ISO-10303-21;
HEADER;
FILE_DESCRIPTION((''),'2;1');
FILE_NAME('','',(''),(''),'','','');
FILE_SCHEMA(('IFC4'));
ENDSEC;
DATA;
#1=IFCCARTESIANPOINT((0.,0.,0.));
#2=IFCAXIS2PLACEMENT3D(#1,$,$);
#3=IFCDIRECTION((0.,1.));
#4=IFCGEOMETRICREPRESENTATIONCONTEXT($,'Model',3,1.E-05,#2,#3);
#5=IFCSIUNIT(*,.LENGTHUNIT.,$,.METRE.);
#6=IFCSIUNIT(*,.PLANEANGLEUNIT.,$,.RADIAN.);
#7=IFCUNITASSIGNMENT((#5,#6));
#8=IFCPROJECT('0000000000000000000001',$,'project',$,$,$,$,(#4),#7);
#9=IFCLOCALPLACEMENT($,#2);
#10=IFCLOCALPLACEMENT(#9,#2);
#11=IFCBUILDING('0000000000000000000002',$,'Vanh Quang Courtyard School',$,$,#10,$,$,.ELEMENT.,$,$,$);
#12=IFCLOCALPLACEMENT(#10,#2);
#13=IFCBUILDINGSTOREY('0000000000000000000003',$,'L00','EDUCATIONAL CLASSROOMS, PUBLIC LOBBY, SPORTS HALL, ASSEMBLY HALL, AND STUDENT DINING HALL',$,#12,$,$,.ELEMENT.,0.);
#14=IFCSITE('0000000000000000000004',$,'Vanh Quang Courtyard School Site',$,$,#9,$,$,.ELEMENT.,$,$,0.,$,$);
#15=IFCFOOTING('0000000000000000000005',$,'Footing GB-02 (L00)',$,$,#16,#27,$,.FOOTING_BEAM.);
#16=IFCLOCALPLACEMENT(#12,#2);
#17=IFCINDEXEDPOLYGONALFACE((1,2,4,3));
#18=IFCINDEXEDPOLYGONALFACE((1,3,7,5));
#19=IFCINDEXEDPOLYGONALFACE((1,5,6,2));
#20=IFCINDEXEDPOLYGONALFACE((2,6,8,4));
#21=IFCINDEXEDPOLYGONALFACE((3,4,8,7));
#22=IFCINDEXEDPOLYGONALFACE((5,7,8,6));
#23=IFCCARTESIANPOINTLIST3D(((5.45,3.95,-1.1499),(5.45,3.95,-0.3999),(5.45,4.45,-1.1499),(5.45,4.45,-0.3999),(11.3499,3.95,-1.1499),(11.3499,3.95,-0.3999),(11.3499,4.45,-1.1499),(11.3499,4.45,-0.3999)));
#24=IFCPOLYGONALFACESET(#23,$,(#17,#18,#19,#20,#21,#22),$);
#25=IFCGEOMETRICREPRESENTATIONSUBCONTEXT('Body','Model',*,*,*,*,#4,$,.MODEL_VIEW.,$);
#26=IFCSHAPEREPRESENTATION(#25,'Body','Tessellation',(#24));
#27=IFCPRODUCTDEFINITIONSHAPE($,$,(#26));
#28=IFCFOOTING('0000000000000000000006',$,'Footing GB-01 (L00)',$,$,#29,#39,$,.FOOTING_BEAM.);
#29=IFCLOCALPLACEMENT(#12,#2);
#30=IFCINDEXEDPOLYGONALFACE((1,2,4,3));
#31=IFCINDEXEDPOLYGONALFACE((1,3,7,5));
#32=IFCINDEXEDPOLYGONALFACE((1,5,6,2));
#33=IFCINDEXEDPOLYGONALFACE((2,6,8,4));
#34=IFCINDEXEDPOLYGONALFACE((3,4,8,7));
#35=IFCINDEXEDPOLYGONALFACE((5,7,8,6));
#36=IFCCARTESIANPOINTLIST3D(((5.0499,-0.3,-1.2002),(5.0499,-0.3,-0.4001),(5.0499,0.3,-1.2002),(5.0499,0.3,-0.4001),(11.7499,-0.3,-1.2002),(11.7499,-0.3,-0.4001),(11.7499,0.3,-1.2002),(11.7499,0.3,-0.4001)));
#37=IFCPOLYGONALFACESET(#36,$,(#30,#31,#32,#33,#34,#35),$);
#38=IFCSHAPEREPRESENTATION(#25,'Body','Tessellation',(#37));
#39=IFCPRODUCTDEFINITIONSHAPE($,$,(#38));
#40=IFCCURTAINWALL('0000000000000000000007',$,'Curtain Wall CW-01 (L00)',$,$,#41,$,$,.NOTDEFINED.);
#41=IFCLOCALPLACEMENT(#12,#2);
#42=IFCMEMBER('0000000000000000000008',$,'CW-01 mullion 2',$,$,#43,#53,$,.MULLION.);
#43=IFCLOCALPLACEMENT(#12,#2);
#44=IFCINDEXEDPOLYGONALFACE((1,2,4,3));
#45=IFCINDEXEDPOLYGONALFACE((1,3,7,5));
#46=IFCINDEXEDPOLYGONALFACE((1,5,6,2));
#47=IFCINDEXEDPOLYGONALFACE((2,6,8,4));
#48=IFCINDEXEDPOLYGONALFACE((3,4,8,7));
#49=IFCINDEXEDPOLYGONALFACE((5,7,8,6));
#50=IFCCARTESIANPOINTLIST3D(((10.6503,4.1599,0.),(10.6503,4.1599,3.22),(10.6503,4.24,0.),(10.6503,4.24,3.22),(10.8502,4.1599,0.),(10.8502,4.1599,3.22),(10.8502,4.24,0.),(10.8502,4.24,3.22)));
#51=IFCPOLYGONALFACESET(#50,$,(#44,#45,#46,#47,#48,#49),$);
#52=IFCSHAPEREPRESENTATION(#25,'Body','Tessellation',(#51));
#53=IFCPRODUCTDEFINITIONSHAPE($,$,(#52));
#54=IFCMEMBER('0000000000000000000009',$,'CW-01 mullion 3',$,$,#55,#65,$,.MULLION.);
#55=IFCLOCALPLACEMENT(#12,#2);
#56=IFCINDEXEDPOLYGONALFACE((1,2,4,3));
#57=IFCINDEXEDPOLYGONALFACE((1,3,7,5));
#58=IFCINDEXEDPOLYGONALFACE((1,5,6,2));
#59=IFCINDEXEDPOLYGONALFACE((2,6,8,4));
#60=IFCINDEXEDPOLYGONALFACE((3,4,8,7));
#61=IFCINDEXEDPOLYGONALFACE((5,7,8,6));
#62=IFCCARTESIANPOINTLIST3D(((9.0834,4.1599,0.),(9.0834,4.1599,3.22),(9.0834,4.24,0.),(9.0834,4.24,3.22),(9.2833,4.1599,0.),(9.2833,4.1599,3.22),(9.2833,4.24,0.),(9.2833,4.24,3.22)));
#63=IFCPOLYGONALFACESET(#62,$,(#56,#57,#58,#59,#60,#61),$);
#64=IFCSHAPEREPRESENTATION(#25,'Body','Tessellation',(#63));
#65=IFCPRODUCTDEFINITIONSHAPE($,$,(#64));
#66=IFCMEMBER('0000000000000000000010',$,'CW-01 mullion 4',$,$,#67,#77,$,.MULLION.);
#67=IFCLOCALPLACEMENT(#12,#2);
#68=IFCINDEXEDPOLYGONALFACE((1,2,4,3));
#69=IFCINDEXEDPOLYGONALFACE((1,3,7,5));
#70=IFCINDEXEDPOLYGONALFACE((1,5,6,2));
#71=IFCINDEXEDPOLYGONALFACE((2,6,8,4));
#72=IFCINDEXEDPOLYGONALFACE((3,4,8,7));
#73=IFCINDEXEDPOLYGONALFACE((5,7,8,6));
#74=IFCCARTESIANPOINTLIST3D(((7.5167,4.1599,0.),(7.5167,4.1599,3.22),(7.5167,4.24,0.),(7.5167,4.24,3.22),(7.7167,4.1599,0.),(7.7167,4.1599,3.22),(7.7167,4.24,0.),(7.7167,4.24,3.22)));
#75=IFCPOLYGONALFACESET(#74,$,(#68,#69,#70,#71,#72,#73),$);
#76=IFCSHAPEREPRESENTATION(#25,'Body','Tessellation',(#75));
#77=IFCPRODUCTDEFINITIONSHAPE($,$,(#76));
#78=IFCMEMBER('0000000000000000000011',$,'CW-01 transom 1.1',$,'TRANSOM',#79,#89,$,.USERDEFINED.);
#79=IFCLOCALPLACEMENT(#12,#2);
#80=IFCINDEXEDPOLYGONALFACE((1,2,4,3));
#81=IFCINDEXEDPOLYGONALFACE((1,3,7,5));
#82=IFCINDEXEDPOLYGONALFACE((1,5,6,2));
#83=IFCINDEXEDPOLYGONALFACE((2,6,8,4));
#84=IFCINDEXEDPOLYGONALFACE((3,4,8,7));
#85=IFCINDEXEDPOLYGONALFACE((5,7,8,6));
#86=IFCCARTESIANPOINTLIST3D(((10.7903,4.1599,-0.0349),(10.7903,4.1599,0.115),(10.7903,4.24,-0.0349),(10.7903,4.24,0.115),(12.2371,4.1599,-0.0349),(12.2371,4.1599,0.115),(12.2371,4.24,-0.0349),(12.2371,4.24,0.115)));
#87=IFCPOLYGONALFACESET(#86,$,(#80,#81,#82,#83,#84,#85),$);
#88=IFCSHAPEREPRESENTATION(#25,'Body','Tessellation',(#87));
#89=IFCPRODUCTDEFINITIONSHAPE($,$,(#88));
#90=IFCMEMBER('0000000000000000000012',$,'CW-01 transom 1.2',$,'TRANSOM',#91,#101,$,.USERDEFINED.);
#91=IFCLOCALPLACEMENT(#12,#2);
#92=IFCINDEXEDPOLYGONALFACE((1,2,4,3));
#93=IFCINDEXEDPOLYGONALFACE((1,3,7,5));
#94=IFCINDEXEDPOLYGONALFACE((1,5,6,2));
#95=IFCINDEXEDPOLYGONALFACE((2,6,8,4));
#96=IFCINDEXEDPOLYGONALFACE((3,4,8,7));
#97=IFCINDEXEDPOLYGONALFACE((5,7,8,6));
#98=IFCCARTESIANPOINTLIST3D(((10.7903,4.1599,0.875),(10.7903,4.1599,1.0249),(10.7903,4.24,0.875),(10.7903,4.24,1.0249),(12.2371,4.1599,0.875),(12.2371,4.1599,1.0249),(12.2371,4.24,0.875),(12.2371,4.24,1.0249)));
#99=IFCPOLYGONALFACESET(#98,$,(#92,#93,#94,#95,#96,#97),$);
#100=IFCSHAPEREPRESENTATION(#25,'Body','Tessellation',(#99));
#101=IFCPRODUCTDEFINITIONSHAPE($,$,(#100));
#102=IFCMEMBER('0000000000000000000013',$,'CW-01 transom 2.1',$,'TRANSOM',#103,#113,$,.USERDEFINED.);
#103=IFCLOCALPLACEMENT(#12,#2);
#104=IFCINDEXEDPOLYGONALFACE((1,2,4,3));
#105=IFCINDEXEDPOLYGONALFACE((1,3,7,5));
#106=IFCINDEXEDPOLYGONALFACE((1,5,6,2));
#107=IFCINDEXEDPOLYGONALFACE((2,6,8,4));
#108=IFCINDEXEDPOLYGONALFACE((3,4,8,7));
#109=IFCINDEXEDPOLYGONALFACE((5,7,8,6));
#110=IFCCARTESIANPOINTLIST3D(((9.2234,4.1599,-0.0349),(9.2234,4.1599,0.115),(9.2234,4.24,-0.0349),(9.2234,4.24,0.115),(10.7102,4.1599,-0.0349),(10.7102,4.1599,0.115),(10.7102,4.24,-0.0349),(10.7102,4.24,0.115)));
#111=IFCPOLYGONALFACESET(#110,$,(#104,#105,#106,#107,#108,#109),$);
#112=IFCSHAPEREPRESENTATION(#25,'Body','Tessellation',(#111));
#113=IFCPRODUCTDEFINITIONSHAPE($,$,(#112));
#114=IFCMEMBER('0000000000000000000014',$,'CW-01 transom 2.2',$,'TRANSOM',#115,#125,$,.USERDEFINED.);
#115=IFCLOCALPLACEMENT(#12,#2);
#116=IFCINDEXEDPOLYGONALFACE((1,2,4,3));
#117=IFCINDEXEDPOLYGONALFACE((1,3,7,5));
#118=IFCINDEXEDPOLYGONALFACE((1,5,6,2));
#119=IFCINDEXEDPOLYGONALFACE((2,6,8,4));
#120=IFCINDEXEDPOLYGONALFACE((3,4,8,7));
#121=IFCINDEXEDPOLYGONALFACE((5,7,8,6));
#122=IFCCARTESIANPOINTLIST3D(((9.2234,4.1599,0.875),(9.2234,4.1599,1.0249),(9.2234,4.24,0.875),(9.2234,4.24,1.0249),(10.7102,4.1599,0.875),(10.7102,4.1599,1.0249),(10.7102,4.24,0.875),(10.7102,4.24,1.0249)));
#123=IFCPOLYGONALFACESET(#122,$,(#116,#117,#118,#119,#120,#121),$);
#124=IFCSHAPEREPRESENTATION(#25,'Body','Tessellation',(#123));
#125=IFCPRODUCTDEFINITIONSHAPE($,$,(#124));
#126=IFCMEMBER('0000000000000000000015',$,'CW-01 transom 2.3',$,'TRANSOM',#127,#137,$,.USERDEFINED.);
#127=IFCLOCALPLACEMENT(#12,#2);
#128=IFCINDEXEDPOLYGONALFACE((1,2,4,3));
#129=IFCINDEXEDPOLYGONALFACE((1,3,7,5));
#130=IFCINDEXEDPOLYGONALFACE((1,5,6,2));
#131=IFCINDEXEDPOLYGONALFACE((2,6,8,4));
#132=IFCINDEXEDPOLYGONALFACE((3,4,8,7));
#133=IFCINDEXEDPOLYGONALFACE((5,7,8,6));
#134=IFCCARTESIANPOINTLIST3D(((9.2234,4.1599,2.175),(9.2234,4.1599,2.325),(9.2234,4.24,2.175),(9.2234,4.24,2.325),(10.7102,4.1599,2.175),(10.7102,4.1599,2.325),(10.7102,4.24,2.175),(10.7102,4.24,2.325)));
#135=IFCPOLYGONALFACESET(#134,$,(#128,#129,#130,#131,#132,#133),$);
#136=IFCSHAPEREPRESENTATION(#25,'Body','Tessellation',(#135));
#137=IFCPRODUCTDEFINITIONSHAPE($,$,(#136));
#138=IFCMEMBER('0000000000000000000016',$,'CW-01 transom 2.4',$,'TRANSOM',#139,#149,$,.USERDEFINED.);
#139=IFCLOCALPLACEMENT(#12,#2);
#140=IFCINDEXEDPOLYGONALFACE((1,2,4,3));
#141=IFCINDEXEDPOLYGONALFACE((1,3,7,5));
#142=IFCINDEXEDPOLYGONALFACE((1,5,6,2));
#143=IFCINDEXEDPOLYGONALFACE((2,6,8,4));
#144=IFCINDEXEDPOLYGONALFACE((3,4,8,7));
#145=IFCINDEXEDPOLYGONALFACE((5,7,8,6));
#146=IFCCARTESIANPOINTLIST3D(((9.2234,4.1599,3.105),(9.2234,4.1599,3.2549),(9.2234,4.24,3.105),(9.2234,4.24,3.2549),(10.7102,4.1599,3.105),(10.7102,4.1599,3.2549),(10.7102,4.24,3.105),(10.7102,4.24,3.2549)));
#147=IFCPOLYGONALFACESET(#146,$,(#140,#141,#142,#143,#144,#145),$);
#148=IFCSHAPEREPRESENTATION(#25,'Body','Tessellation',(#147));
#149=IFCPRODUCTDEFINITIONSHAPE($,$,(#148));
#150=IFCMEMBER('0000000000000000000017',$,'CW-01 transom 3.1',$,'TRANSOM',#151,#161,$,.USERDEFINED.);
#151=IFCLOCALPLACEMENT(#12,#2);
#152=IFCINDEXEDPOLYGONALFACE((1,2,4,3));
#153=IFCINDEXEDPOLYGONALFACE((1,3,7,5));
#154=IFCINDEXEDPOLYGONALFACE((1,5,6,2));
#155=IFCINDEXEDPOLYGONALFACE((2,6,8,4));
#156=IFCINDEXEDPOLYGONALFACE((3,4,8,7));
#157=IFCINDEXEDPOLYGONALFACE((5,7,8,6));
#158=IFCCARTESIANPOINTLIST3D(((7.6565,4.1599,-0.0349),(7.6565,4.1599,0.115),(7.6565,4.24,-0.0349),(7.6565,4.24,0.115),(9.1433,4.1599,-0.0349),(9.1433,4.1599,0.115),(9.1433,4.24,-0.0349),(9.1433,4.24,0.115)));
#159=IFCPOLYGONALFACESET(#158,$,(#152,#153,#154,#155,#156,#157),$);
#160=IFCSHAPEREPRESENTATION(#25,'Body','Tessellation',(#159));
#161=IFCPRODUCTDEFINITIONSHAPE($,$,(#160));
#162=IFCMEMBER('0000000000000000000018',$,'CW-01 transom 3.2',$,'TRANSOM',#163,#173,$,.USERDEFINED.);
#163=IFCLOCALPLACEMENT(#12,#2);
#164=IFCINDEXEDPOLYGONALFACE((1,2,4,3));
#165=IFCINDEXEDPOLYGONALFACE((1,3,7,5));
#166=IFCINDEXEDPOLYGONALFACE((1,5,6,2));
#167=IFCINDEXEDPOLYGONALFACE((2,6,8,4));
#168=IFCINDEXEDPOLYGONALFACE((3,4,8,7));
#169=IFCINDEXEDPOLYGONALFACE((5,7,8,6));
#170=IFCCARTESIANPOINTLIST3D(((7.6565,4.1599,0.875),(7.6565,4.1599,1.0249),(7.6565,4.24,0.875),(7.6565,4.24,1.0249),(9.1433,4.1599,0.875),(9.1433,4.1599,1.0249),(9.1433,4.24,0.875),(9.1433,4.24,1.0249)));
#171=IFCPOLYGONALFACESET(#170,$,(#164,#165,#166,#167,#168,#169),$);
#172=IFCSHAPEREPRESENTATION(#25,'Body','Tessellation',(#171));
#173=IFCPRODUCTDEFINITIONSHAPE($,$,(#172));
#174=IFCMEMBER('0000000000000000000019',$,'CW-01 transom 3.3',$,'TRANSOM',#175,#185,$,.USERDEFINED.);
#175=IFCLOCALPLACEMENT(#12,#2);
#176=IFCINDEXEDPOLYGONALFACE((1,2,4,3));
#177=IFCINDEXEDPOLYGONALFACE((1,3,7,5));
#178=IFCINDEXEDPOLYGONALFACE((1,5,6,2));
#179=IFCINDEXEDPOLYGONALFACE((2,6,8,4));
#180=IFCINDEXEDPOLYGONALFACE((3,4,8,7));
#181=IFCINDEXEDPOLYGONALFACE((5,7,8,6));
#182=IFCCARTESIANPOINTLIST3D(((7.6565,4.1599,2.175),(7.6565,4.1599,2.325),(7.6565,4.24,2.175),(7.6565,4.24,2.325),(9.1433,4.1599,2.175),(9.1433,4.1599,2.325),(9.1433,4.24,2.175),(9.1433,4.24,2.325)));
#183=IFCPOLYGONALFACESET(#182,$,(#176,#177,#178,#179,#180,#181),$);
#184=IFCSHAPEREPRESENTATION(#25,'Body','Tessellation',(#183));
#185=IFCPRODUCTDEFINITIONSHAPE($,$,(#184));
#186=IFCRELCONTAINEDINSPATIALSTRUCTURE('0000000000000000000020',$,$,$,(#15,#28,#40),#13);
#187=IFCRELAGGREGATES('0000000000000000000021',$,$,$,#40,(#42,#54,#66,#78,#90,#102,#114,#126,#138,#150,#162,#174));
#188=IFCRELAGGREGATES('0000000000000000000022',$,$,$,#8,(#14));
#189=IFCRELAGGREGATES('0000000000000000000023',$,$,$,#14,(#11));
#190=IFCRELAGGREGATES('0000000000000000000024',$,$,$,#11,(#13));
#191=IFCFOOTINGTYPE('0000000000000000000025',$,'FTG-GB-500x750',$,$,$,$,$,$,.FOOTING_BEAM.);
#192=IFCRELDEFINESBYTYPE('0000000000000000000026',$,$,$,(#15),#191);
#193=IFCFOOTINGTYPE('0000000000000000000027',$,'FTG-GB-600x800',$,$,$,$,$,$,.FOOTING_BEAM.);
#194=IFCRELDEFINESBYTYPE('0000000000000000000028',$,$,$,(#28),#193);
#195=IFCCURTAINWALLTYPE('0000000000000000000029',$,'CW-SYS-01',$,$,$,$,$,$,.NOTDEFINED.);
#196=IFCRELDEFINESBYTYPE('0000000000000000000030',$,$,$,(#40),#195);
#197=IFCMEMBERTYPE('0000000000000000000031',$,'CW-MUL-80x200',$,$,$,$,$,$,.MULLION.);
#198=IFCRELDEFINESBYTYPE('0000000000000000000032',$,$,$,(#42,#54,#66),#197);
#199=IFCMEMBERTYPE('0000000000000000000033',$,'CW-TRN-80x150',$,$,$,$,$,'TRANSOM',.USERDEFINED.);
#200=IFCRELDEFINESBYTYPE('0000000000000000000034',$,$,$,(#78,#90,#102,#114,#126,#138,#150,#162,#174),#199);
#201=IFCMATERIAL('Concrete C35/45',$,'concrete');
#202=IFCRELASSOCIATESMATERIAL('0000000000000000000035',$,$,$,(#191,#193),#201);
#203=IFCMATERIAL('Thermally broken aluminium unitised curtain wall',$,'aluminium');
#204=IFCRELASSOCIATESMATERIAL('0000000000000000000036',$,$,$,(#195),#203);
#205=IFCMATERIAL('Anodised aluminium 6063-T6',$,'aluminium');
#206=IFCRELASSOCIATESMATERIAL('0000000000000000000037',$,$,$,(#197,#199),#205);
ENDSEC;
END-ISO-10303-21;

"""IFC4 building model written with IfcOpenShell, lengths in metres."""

from ifc_helpers import new_model, si_unit, direction, frame, origin, origin_2d, place, context, subcontext, project, spatial, rectangle, extrude, material, material_profile, profile_set, type_object, element, aggregate, save


model = new_model("IFC4")

# Units and contexts
model_context = context("Model", 3, precision=1e-05, world=origin(), true_north=direction((0.0, 1.0)))
body_context = subcontext(model_context, "Body", "Model", "MODEL_VIEW")
ifc_project = project(units=[si_unit("LENGTHUNIT", "METRE"), si_unit("PLANEANGLEUNIT", "RADIAN")], contexts=[model_context])

# Site, building, storey
site_placement = place(None, origin())
site = spatial("IfcSite", under=ifc_project, at=site_placement, Name="Vanh Quang Courtyard School Site", CompositionType="ELEMENT", RefElevation=0.0)
building_placement = place(site_placement, origin())
building = spatial("IfcBuilding", under=site, at=building_placement, Name="Vanh Quang Courtyard School", CompositionType="ELEMENT")
storey_placement = place(building_placement, origin())
storey = spatial("IfcBuildingStorey", under=building, at=storey_placement, Name="L00", Description="EDUCATIONAL CLASSROOMS, PUBLIC LOBBY, SPORTS HALL, ASSEMBLY HALL, AND STUDENT DINING HALL", CompositionType="ELEMENT", Elevation=0.0)

# Footings
ifc_material_1 = material(Name="Concrete C35/45", Category="concrete")
footing_type_1 = type_object("IfcFootingType", Name="FTG-GB-500x750", PredefinedType="FOOTING_BEAM", material=ifc_material_1)
footing_1_placement = place(storey_placement, frame((8.3999, 4.2, -1.1499), z_axis=(0.0, 0.0, 1.0), x_axis=(1.0, 0.0, 0.0)))
element("IfcFooting", 1, at=footing_1_placement, inside=storey, type_object=footing_type_1, Name="Footing GB-02 (L00)", PredefinedType="FOOTING_BEAM", context=body_context, shape_type="SweptSolid", body=[
    extrude(rectangle(XDim=5.8999, YDim=0.5, at=origin_2d()), origin(), (0.0, 0.0, 1.0), 0.75),
])
footing_type_2 = type_object("IfcFootingType", Name="FTG-GB-600x800", PredefinedType="FOOTING_BEAM", material=ifc_material_1)
footing_2_placement = place(storey_placement, frame((8.3999, 0.0, -1.2002), z_axis=(0.0, 0.0, 1.0), x_axis=(1.0, 0.0, 0.0)))
element("IfcFooting", 2, at=footing_2_placement, inside=storey, type_object=footing_type_2, Name="Footing GB-01 (L00)", PredefinedType="FOOTING_BEAM", context=body_context, shape_type="SweptSolid", body=[
    extrude(rectangle(XDim=6.7, YDim=0.6001, at=origin_2d()), origin(), (0.0, 0.0, 1.0), 0.8),
])

# Curtain wall, members
ifc_material_2 = material(Name="Thermally broken aluminium unitised curtain wall", Category="aluminium")
curtain_wall_type = type_object("IfcCurtainWallType", Name="CW-SYS-01", PredefinedType="NOTDEFINED", material=ifc_material_2)
curtain_wall_placement = place(storey_placement, origin())
curtain_wall = element("IfcCurtainWall", 3, at=curtain_wall_placement, inside=storey, type_object=curtain_wall_type, Name="Curtain Wall CW-01 (L00)", PredefinedType="NOTDEFINED")
ifc_material_3 = material(Name="Anodised aluminium 6063-T6", Category="aluminium")
ifc_material_profile_1 = material_profile(ifc_material_3, rectangle(XDim=0.0801, YDim=0.2, at=origin_2d()), Name="ALU-MUL 80x200")
ifc_profile_set_1 = profile_set([ifc_material_profile_1], Name="Anodised aluminium 6063-T6")
member_type_1 = type_object("IfcMemberType", Name="CW-MUL-80x200", PredefinedType="MULLION", material=ifc_profile_set_1)
member_1_placement = place(storey_placement, frame((10.7502, 4.2, 0.0), z_axis=(0.0, 0.0, 1.0), x_axis=(0.0, -1.0, 0.0)))
member_1 = element("IfcMember", 4, at=member_1_placement, type_object=member_type_1, Name="CW-01 mullion 2", PredefinedType="MULLION", context=body_context, shape_type="SweptSolid", body=[
    extrude(rectangle(XDim=0.0801, YDim=0.2, at=origin_2d()), origin(), (0.0, 0.0, 1.0), 3.22),
])
member_2_placement = place(storey_placement, frame((9.1833, 4.2, 0.0), z_axis=(0.0, 0.0, 1.0), x_axis=(0.0, -1.0, 0.0)))
member_2 = element("IfcMember", 5, at=member_2_placement, type_object=member_type_1, Name="CW-01 mullion 3", PredefinedType="MULLION", context=body_context, shape_type="SweptSolid", body=[
    extrude(rectangle(XDim=0.0801, YDim=0.2, at=origin_2d()), origin(), (0.0, 0.0, 1.0), 3.22),
])
member_3_placement = place(storey_placement, frame((7.6167, 4.2, 0.0), z_axis=(0.0, 0.0, 1.0), x_axis=(0.0, -1.0, 0.0)))
member_3 = element("IfcMember", 6, at=member_3_placement, type_object=member_type_1, Name="CW-01 mullion 4", PredefinedType="MULLION", context=body_context, shape_type="SweptSolid", body=[
    extrude(rectangle(XDim=0.0801, YDim=0.2, at=origin_2d()), origin(), (0.0, 0.0, 1.0), 3.22),
])
ifc_material_profile_2 = material_profile(ifc_material_3, rectangle(XDim=0.0801, YDim=0.1499, at=origin_2d()), Name="ALU-TRN 80x150")
ifc_profile_set_2 = profile_set([ifc_material_profile_2], Name="Anodised aluminium 6063-T6")
member_type_2 = type_object("IfcMemberType", Name="CW-TRN-80x150", ElementType="TRANSOM", PredefinedType="USERDEFINED", material=ifc_profile_set_2)
member_4_placement = place(storey_placement, frame((12.2371, 4.2, 0.04), z_axis=(-1.0, 0.0, 0.0), x_axis=(0.0, -1.0, 0.0)))
member_4 = element("IfcMember", 7, at=member_4_placement, type_object=member_type_2, Name="CW-01 transom 1.1", ObjectType="TRANSOM", PredefinedType="USERDEFINED", context=body_context, shape_type="SweptSolid", body=[
    extrude(rectangle(XDim=0.0801, YDim=0.1499, at=origin_2d()), origin(), (0.0, 0.0, 1.0), 1.4468),
])
member_5_placement = place(storey_placement, frame((12.2371, 4.2, 0.95), z_axis=(-1.0, 0.0, 0.0), x_axis=(0.0, -1.0, 0.0)))
member_5 = element("IfcMember", 8, at=member_5_placement, type_object=member_type_2, Name="CW-01 transom 1.2", ObjectType="TRANSOM", PredefinedType="USERDEFINED", context=body_context, shape_type="SweptSolid", body=[
    extrude(rectangle(XDim=0.0801, YDim=0.1499, at=origin_2d()), origin(), (0.0, 0.0, 1.0), 1.4468),
])
member_6_placement = place(storey_placement, frame((10.7102, 4.2, 0.04), z_axis=(-1.0, 0.0, 0.0), x_axis=(0.0, -1.0, 0.0)))
member_6 = element("IfcMember", 9, at=member_6_placement, type_object=member_type_2, Name="CW-01 transom 2.1", ObjectType="TRANSOM", PredefinedType="USERDEFINED", context=body_context, shape_type="SweptSolid", body=[
    extrude(rectangle(XDim=0.0801, YDim=0.1499, at=origin_2d()), origin(), (0.0, 0.0, 1.0), 1.4868),
])
member_7_placement = place(storey_placement, frame((10.7102, 4.2, 0.95), z_axis=(-1.0, 0.0, 0.0), x_axis=(0.0, -1.0, 0.0)))
member_7 = element("IfcMember", 10, at=member_7_placement, type_object=member_type_2, Name="CW-01 transom 2.2", ObjectType="TRANSOM", PredefinedType="USERDEFINED", context=body_context, shape_type="SweptSolid", body=[
    extrude(rectangle(XDim=0.0801, YDim=0.1499, at=origin_2d()), origin(), (0.0, 0.0, 1.0), 1.4868),
])
member_8_placement = place(storey_placement, frame((10.7102, 4.2, 2.25), z_axis=(-1.0, 0.0, 0.0), x_axis=(0.0, -1.0, 0.0)))
member_8 = element("IfcMember", 11, at=member_8_placement, type_object=member_type_2, Name="CW-01 transom 2.3", ObjectType="TRANSOM", PredefinedType="USERDEFINED", context=body_context, shape_type="SweptSolid", body=[
    extrude(rectangle(XDim=0.0801, YDim=0.1499, at=origin_2d()), origin(), (0.0, 0.0, 1.0), 1.4868),
])
member_9_placement = place(storey_placement, frame((10.7102, 4.2, 3.1799), z_axis=(-1.0, 0.0, 0.0), x_axis=(0.0, -1.0, 0.0)))
member_9 = element("IfcMember", 12, at=member_9_placement, type_object=member_type_2, Name="CW-01 transom 2.4", ObjectType="TRANSOM", PredefinedType="USERDEFINED", context=body_context, shape_type="SweptSolid", body=[
    extrude(rectangle(XDim=0.0801, YDim=0.1499, at=origin_2d()), origin(), (0.0, 0.0, 1.0), 1.4868),
])
member_10_placement = place(storey_placement, frame((9.1433, 4.2, 0.04), z_axis=(-1.0, 0.0, 0.0), x_axis=(0.0, -1.0, 0.0)))
member_10 = element("IfcMember", 13, at=member_10_placement, type_object=member_type_2, Name="CW-01 transom 3.1", ObjectType="TRANSOM", PredefinedType="USERDEFINED", context=body_context, shape_type="SweptSolid", body=[
    extrude(rectangle(XDim=0.0801, YDim=0.1499, at=origin_2d()), origin(), (0.0, 0.0, 1.0), 1.4868),
])
member_11_placement = place(storey_placement, frame((9.1433, 4.2, 0.95), z_axis=(-1.0, 0.0, 0.0), x_axis=(0.0, -1.0, 0.0)))
member_11 = element("IfcMember", 14, at=member_11_placement, type_object=member_type_2, Name="CW-01 transom 3.2", ObjectType="TRANSOM", PredefinedType="USERDEFINED", context=body_context, shape_type="SweptSolid", body=[
    extrude(rectangle(XDim=0.0801, YDim=0.1499, at=origin_2d()), origin(), (0.0, 0.0, 1.0), 1.4868),
])
member_12_placement = place(storey_placement, frame((9.1433, 4.2, 2.25), z_axis=(-1.0, 0.0, 0.0), x_axis=(0.0, -1.0, 0.0)))
member_12 = element("IfcMember", 15, at=member_12_placement, type_object=member_type_2, Name="CW-01 transom 3.3", ObjectType="TRANSOM", PredefinedType="USERDEFINED", context=body_context, shape_type="SweptSolid", body=[
    extrude(rectangle(XDim=0.0801, YDim=0.1499, at=origin_2d()), origin(), (0.0, 0.0, 1.0), 1.4868),
])
aggregate(curtain_wall, [member_1, member_2, member_3, member_4, member_5, member_6, member_7, member_8, member_9, member_10, member_11, member_12])

save(model, "model.ifc")
